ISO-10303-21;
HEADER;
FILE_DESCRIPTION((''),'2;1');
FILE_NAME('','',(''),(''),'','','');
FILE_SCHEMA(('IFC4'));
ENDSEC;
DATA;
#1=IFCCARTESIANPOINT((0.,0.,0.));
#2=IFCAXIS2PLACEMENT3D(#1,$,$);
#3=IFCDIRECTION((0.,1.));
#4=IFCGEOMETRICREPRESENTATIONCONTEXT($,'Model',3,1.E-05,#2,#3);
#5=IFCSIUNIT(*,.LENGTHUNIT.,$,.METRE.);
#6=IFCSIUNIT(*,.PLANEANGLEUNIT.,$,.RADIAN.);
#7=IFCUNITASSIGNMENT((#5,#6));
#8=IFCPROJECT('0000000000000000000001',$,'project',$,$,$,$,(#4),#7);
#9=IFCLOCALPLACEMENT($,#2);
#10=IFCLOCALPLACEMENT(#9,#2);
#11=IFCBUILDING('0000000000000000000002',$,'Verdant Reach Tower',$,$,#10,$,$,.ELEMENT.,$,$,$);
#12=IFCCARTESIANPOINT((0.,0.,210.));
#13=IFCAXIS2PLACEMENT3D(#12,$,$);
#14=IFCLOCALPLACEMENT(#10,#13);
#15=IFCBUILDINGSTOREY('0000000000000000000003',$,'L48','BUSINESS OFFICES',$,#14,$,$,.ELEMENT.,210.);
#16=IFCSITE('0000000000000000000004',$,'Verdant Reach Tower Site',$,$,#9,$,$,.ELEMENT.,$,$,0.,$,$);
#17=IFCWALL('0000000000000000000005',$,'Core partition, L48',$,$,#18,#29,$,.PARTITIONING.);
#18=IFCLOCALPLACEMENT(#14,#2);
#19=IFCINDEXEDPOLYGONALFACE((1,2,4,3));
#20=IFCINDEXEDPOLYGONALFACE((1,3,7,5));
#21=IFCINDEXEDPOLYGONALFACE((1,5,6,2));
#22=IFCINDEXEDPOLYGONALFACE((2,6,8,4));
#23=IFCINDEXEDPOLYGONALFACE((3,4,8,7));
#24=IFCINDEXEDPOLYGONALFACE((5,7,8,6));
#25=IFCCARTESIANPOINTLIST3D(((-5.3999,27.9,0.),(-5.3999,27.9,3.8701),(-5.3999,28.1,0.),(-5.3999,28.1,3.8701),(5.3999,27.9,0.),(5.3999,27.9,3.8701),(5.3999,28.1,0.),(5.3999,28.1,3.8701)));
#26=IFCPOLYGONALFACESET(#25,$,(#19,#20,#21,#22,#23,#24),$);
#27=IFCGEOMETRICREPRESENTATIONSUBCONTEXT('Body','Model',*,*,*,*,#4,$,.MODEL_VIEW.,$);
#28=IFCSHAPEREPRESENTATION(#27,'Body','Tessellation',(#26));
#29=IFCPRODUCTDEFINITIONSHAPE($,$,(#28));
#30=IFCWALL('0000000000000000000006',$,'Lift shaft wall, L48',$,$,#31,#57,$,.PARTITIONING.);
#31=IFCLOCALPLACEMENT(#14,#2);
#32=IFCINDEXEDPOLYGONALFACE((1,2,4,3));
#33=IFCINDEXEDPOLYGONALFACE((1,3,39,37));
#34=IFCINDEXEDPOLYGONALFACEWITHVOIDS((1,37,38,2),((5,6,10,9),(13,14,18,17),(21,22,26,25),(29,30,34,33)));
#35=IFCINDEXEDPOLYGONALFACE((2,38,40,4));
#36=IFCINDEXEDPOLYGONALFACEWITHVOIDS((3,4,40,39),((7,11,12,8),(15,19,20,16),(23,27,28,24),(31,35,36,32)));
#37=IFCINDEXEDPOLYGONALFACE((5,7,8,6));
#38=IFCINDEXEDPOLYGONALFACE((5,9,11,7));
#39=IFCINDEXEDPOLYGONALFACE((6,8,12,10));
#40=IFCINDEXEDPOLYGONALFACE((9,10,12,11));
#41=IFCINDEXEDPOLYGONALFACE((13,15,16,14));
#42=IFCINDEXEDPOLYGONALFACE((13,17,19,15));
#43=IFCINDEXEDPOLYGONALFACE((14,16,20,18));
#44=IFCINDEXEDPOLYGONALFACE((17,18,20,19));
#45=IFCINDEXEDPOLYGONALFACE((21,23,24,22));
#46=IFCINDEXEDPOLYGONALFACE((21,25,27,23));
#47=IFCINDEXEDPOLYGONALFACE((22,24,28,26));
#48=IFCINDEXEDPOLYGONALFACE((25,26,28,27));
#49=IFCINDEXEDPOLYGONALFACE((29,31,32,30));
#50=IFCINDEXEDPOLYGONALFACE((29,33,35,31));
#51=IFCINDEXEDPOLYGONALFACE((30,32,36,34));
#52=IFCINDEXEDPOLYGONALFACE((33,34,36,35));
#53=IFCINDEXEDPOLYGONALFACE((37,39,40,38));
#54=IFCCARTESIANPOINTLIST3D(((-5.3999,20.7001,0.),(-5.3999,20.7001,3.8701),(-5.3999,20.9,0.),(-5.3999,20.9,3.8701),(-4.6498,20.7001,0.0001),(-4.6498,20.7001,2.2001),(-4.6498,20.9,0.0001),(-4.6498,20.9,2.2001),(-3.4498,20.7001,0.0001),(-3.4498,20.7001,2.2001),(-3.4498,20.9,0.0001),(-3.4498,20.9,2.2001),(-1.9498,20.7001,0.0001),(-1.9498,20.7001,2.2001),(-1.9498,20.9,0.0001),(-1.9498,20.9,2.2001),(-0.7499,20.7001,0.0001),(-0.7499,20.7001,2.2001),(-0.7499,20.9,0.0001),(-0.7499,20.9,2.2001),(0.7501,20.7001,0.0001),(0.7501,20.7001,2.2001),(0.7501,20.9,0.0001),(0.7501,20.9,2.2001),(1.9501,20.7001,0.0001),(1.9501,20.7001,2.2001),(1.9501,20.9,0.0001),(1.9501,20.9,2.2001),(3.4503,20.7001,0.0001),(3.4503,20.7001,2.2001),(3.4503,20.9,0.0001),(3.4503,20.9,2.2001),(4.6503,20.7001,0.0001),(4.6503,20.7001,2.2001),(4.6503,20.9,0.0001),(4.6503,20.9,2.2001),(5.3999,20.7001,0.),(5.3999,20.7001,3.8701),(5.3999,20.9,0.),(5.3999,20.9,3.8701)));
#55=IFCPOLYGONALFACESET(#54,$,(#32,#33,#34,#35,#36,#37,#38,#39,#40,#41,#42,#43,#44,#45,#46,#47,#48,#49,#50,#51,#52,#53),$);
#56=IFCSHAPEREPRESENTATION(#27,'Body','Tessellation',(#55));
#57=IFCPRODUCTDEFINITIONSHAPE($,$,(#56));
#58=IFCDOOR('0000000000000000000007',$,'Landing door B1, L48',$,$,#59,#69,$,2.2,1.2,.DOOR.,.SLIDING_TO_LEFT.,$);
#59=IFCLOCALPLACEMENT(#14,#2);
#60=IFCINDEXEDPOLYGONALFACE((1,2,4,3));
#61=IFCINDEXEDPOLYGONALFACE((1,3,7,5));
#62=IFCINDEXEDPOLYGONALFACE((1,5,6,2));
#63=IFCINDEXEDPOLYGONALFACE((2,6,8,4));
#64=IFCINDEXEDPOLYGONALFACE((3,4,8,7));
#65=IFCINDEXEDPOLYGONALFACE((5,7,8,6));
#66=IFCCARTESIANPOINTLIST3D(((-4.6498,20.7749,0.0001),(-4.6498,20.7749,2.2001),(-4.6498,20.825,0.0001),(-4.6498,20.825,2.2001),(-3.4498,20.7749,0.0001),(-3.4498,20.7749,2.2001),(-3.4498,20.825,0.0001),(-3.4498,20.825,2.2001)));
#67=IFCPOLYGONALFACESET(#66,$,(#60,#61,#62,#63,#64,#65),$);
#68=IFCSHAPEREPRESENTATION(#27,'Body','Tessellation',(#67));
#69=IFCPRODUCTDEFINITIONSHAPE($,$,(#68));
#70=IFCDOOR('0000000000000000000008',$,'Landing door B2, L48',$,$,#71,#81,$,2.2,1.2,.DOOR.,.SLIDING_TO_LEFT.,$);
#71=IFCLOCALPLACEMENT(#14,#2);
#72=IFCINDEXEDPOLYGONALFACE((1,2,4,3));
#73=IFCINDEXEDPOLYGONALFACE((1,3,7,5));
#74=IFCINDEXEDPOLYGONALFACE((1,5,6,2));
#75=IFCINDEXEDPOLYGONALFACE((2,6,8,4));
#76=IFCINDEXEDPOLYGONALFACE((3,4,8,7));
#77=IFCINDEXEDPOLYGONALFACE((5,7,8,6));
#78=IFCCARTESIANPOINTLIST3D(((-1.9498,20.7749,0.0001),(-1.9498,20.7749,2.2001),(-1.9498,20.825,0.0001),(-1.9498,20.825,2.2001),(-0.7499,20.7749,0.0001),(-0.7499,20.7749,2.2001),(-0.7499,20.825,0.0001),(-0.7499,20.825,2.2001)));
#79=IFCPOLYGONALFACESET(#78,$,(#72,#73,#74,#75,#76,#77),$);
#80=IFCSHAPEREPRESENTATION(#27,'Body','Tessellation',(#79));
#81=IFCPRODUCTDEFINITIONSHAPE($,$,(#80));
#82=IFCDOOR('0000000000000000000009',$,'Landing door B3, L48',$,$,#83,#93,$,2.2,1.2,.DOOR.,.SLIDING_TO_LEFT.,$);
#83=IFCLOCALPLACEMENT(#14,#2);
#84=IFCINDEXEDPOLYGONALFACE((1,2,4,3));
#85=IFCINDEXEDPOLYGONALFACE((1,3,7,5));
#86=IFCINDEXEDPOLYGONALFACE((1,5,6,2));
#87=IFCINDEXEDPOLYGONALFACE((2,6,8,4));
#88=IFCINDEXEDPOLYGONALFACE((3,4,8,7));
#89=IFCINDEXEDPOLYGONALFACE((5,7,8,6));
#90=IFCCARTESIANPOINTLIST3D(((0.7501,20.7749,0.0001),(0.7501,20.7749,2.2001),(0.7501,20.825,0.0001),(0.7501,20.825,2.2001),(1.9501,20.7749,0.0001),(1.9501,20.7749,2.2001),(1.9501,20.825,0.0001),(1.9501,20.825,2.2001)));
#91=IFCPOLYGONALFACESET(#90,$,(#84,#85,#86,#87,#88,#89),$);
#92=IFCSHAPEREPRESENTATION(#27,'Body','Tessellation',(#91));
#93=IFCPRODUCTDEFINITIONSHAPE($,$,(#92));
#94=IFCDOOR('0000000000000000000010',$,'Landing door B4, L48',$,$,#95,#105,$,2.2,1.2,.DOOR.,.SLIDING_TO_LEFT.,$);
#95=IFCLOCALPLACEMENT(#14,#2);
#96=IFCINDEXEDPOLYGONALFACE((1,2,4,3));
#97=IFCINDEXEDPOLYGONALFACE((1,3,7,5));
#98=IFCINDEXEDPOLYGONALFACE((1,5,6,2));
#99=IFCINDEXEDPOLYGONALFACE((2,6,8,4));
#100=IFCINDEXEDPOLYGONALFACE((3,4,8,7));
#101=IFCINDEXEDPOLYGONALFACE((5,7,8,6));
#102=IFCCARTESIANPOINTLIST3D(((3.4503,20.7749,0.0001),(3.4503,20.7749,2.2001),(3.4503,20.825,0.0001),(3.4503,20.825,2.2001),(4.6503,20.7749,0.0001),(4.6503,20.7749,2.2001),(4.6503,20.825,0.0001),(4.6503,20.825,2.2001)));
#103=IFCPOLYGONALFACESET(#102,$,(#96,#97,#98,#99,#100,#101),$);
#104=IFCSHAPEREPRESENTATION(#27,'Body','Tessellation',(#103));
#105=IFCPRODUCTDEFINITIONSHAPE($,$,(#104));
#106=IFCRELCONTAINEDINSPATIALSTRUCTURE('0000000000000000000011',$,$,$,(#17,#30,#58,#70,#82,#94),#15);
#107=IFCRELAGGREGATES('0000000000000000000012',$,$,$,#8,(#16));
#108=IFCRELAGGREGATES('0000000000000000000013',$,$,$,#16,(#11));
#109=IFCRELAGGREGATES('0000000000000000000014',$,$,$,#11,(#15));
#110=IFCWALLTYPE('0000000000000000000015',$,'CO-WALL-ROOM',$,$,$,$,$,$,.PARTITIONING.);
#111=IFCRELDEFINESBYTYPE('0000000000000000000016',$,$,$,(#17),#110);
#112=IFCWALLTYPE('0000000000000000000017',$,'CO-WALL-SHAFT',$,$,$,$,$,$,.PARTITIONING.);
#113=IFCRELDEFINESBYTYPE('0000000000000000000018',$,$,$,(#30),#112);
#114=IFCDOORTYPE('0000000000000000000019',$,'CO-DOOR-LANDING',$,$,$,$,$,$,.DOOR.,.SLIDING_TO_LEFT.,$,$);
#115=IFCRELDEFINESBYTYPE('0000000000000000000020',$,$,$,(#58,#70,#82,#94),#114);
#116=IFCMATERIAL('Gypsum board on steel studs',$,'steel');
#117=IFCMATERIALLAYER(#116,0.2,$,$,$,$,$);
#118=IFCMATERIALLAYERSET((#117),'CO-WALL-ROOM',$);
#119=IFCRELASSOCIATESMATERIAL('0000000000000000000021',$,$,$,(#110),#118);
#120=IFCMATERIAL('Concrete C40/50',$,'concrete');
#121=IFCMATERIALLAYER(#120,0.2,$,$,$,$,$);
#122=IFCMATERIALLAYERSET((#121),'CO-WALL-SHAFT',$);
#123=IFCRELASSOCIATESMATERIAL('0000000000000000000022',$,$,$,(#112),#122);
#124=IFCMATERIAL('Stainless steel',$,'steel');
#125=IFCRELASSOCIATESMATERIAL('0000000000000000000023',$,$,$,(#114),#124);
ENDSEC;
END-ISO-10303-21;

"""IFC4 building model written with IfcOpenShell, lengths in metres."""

from ifc_helpers import new_model, si_unit, direction, frame, frame_2d, origin, place, context, subcontext, project, spatial, rectangle, extrude, material, layer, layer_set, type_object, element, fill, save


model = new_model("IFC4")

# Units and contexts
model_context = context("Model", 3, precision=1e-05, world=origin(), true_north=direction((0.0, 1.0)))
body_context = subcontext(model_context, "Body", "Model", "MODEL_VIEW")
ifc_project = project(units=[si_unit("LENGTHUNIT", "METRE"), si_unit("PLANEANGLEUNIT", "RADIAN")], contexts=[model_context])

# Site, building, storey
site_placement = place(None, origin())
site = spatial("IfcSite", under=ifc_project, at=site_placement, Name="Verdant Reach Tower Site", CompositionType="ELEMENT", RefElevation=0.0)
building_placement = place(site_placement, origin())
building = spatial("IfcBuilding", under=site, at=building_placement, Name="Verdant Reach Tower", CompositionType="ELEMENT")
storey_placement = place(building_placement, frame((0.0, 0.0, 210.0)))
storey = spatial("IfcBuildingStorey", under=building, at=storey_placement, Name="L48", Description="BUSINESS OFFICES", CompositionType="ELEMENT", Elevation=210.0)

# Wall
ifc_material_1 = material(Name="Gypsum board on steel studs", Category="steel")
ifc_layer_1 = layer(ifc_material_1, 0.2)
ifc_layer_set_1 = layer_set([ifc_layer_1], Name="CO-WALL-ROOM")
wall_type_1 = type_object("IfcWallType", Name="CO-WALL-ROOM", PredefinedType="PARTITIONING", material=ifc_layer_set_1)
wall_1_placement = place(storey_placement, frame((-5.3999, 28.0, 0.0), z_axis=(0.0, 0.0, 1.0), x_axis=(1.0, 0.0, 0.0)))
element("IfcWall", 1, at=wall_1_placement, inside=storey, type_object=wall_type_1, Name="Core partition, L48", PredefinedType="PARTITIONING", context=body_context, shape_type="SweptSolid", body=[
    extrude(rectangle(XDim=10.7998, YDim=0.2, at=frame_2d((5.3999, 0.0))), origin(), (0.0, 0.0, 1.0), 3.8701),
])

# Wall, openings, doors
ifc_material_2 = material(Name="Concrete C40/50", Category="concrete")
ifc_layer_2 = layer(ifc_material_2, 0.2)
ifc_layer_set_2 = layer_set([ifc_layer_2], Name="CO-WALL-SHAFT")
wall_type_2 = type_object("IfcWallType", Name="CO-WALL-SHAFT", PredefinedType="PARTITIONING", material=ifc_layer_set_2)
wall_2_placement = place(storey_placement, frame((-5.3999, 20.8, 0.0), z_axis=(0.0, 0.0, 1.0), x_axis=(1.0, 0.0, 0.0)))
wall_2 = element("IfcWall", 2, at=wall_2_placement, inside=storey, type_object=wall_type_2, Name="Lift shaft wall, L48", PredefinedType="PARTITIONING", context=body_context, shape_type="SweptSolid", body=[
    extrude(rectangle(XDim=10.7998, YDim=0.2, at=frame_2d((5.3999, 0.0))), origin(), (0.0, 0.0, 1.0), 3.8701),
])
opening_1_placement = place(wall_2_placement, frame((0.75, 0.0, 0.0)))
opening_1 = element("IfcOpeningElement", 3, at=opening_1_placement, cuts=wall_2, PredefinedType="OPENING", context=body_context, shape_type="SweptSolid", body=[
    extrude(rectangle(XDim=1.2, YDim=2.2, at=frame_2d((0.6001, 1.1001))), frame((0.0, 0.1099, 0.0), z_axis=(0.0, -1.0, 0.0), x_axis=(1.0, 0.0, 0.0)), (0.0, 0.0, 1.0), 0.22),
])
opening_2_placement = place(wall_2_placement, frame((3.45, 0.0, 0.0)))
opening_2 = element("IfcOpeningElement", 4, at=opening_2_placement, cuts=wall_2, PredefinedType="OPENING", context=body_context, shape_type="SweptSolid", body=[
    extrude(rectangle(XDim=1.2, YDim=2.2, at=frame_2d((0.6001, 1.1001))), frame((0.0, 0.1099, 0.0), z_axis=(0.0, -1.0, 0.0), x_axis=(1.0, 0.0, 0.0)), (0.0, 0.0, 1.0), 0.22),
])
opening_3_placement = place(wall_2_placement, frame((6.1499, 0.0, 0.0)))
opening_3 = element("IfcOpeningElement", 5, at=opening_3_placement, cuts=wall_2, PredefinedType="OPENING", context=body_context, shape_type="SweptSolid", body=[
    extrude(rectangle(XDim=1.2, YDim=2.2, at=frame_2d((0.6001, 1.1001))), frame((0.0, 0.1099, 0.0), z_axis=(0.0, -1.0, 0.0), x_axis=(1.0, 0.0, 0.0)), (0.0, 0.0, 1.0), 0.22),
])
opening_4_placement = place(wall_2_placement, frame((8.8501, 0.0, 0.0)))
opening_4 = element("IfcOpeningElement", 6, at=opening_4_placement, cuts=wall_2, PredefinedType="OPENING", context=body_context, shape_type="SweptSolid", body=[
    extrude(rectangle(XDim=1.2, YDim=2.2, at=frame_2d((0.6001, 1.1001))), frame((0.0, 0.1099, 0.0), z_axis=(0.0, -1.0, 0.0), x_axis=(1.0, 0.0, 0.0)), (0.0, 0.0, 1.0), 0.22),
])
ifc_material_3 = material(Name="Stainless steel", Category="steel")
door_type = type_object("IfcDoorType", Name="CO-DOOR-LANDING", OperationType="SLIDING_TO_LEFT", PredefinedType="DOOR", material=ifc_material_3)
door_1_placement = place(opening_1_placement, origin())
door_1 = element("IfcDoor", 7, at=door_1_placement, inside=storey, type_object=door_type, Name="Landing door B1, L48", OperationType="SLIDING_TO_LEFT", OverallHeight=2.2, OverallWidth=1.2, PredefinedType="DOOR", context=body_context, shape_type="SweptSolid", body=[
    extrude(rectangle(XDim=1.2, YDim=2.2, at=frame_2d((0.6001, 1.1001))), frame((0.0, 0.0249, 0.0), z_axis=(0.0, -1.0, 0.0), x_axis=(1.0, 0.0, 0.0)), (0.0, 0.0, 1.0), 0.05),
])
fill(opening_1, door_1)
door_2_placement = place(opening_2_placement, origin())
door_2 = element("IfcDoor", 8, at=door_2_placement, inside=storey, type_object=door_type, Name="Landing door B2, L48", OperationType="SLIDING_TO_LEFT", OverallHeight=2.2, OverallWidth=1.2, PredefinedType="DOOR", context=body_context, shape_type="SweptSolid", body=[
    extrude(rectangle(XDim=1.2, YDim=2.2, at=frame_2d((0.6001, 1.1001))), frame((0.0, 0.0249, 0.0), z_axis=(0.0, -1.0, 0.0), x_axis=(1.0, 0.0, 0.0)), (0.0, 0.0, 1.0), 0.05),
])
fill(opening_2, door_2)
door_3_placement = place(opening_3_placement, origin())
door_3 = element("IfcDoor", 9, at=door_3_placement, inside=storey, type_object=door_type, Name="Landing door B3, L48", OperationType="SLIDING_TO_LEFT", OverallHeight=2.2, OverallWidth=1.2, PredefinedType="DOOR", context=body_context, shape_type="SweptSolid", body=[
    extrude(rectangle(XDim=1.2, YDim=2.2, at=frame_2d((0.6001, 1.1001))), frame((0.0, 0.0249, 0.0), z_axis=(0.0, -1.0, 0.0), x_axis=(1.0, 0.0, 0.0)), (0.0, 0.0, 1.0), 0.05),
])
fill(opening_3, door_3)
door_4_placement = place(opening_4_placement, origin())
door_4 = element("IfcDoor", 10, at=door_4_placement, inside=storey, type_object=door_type, Name="Landing door B4, L48", OperationType="SLIDING_TO_LEFT", OverallHeight=2.2, OverallWidth=1.2, PredefinedType="DOOR", context=body_context, shape_type="SweptSolid", body=[
    extrude(rectangle(XDim=1.2, YDim=2.2, at=frame_2d((0.6001, 1.1001))), frame((0.0, 0.0249, 0.0), z_axis=(0.0, -1.0, 0.0), x_axis=(1.0, 0.0, 0.0)), (0.0, 0.0, 1.0), 0.05),
])
fill(opening_4, door_4)

save(model, "model.ifc")
